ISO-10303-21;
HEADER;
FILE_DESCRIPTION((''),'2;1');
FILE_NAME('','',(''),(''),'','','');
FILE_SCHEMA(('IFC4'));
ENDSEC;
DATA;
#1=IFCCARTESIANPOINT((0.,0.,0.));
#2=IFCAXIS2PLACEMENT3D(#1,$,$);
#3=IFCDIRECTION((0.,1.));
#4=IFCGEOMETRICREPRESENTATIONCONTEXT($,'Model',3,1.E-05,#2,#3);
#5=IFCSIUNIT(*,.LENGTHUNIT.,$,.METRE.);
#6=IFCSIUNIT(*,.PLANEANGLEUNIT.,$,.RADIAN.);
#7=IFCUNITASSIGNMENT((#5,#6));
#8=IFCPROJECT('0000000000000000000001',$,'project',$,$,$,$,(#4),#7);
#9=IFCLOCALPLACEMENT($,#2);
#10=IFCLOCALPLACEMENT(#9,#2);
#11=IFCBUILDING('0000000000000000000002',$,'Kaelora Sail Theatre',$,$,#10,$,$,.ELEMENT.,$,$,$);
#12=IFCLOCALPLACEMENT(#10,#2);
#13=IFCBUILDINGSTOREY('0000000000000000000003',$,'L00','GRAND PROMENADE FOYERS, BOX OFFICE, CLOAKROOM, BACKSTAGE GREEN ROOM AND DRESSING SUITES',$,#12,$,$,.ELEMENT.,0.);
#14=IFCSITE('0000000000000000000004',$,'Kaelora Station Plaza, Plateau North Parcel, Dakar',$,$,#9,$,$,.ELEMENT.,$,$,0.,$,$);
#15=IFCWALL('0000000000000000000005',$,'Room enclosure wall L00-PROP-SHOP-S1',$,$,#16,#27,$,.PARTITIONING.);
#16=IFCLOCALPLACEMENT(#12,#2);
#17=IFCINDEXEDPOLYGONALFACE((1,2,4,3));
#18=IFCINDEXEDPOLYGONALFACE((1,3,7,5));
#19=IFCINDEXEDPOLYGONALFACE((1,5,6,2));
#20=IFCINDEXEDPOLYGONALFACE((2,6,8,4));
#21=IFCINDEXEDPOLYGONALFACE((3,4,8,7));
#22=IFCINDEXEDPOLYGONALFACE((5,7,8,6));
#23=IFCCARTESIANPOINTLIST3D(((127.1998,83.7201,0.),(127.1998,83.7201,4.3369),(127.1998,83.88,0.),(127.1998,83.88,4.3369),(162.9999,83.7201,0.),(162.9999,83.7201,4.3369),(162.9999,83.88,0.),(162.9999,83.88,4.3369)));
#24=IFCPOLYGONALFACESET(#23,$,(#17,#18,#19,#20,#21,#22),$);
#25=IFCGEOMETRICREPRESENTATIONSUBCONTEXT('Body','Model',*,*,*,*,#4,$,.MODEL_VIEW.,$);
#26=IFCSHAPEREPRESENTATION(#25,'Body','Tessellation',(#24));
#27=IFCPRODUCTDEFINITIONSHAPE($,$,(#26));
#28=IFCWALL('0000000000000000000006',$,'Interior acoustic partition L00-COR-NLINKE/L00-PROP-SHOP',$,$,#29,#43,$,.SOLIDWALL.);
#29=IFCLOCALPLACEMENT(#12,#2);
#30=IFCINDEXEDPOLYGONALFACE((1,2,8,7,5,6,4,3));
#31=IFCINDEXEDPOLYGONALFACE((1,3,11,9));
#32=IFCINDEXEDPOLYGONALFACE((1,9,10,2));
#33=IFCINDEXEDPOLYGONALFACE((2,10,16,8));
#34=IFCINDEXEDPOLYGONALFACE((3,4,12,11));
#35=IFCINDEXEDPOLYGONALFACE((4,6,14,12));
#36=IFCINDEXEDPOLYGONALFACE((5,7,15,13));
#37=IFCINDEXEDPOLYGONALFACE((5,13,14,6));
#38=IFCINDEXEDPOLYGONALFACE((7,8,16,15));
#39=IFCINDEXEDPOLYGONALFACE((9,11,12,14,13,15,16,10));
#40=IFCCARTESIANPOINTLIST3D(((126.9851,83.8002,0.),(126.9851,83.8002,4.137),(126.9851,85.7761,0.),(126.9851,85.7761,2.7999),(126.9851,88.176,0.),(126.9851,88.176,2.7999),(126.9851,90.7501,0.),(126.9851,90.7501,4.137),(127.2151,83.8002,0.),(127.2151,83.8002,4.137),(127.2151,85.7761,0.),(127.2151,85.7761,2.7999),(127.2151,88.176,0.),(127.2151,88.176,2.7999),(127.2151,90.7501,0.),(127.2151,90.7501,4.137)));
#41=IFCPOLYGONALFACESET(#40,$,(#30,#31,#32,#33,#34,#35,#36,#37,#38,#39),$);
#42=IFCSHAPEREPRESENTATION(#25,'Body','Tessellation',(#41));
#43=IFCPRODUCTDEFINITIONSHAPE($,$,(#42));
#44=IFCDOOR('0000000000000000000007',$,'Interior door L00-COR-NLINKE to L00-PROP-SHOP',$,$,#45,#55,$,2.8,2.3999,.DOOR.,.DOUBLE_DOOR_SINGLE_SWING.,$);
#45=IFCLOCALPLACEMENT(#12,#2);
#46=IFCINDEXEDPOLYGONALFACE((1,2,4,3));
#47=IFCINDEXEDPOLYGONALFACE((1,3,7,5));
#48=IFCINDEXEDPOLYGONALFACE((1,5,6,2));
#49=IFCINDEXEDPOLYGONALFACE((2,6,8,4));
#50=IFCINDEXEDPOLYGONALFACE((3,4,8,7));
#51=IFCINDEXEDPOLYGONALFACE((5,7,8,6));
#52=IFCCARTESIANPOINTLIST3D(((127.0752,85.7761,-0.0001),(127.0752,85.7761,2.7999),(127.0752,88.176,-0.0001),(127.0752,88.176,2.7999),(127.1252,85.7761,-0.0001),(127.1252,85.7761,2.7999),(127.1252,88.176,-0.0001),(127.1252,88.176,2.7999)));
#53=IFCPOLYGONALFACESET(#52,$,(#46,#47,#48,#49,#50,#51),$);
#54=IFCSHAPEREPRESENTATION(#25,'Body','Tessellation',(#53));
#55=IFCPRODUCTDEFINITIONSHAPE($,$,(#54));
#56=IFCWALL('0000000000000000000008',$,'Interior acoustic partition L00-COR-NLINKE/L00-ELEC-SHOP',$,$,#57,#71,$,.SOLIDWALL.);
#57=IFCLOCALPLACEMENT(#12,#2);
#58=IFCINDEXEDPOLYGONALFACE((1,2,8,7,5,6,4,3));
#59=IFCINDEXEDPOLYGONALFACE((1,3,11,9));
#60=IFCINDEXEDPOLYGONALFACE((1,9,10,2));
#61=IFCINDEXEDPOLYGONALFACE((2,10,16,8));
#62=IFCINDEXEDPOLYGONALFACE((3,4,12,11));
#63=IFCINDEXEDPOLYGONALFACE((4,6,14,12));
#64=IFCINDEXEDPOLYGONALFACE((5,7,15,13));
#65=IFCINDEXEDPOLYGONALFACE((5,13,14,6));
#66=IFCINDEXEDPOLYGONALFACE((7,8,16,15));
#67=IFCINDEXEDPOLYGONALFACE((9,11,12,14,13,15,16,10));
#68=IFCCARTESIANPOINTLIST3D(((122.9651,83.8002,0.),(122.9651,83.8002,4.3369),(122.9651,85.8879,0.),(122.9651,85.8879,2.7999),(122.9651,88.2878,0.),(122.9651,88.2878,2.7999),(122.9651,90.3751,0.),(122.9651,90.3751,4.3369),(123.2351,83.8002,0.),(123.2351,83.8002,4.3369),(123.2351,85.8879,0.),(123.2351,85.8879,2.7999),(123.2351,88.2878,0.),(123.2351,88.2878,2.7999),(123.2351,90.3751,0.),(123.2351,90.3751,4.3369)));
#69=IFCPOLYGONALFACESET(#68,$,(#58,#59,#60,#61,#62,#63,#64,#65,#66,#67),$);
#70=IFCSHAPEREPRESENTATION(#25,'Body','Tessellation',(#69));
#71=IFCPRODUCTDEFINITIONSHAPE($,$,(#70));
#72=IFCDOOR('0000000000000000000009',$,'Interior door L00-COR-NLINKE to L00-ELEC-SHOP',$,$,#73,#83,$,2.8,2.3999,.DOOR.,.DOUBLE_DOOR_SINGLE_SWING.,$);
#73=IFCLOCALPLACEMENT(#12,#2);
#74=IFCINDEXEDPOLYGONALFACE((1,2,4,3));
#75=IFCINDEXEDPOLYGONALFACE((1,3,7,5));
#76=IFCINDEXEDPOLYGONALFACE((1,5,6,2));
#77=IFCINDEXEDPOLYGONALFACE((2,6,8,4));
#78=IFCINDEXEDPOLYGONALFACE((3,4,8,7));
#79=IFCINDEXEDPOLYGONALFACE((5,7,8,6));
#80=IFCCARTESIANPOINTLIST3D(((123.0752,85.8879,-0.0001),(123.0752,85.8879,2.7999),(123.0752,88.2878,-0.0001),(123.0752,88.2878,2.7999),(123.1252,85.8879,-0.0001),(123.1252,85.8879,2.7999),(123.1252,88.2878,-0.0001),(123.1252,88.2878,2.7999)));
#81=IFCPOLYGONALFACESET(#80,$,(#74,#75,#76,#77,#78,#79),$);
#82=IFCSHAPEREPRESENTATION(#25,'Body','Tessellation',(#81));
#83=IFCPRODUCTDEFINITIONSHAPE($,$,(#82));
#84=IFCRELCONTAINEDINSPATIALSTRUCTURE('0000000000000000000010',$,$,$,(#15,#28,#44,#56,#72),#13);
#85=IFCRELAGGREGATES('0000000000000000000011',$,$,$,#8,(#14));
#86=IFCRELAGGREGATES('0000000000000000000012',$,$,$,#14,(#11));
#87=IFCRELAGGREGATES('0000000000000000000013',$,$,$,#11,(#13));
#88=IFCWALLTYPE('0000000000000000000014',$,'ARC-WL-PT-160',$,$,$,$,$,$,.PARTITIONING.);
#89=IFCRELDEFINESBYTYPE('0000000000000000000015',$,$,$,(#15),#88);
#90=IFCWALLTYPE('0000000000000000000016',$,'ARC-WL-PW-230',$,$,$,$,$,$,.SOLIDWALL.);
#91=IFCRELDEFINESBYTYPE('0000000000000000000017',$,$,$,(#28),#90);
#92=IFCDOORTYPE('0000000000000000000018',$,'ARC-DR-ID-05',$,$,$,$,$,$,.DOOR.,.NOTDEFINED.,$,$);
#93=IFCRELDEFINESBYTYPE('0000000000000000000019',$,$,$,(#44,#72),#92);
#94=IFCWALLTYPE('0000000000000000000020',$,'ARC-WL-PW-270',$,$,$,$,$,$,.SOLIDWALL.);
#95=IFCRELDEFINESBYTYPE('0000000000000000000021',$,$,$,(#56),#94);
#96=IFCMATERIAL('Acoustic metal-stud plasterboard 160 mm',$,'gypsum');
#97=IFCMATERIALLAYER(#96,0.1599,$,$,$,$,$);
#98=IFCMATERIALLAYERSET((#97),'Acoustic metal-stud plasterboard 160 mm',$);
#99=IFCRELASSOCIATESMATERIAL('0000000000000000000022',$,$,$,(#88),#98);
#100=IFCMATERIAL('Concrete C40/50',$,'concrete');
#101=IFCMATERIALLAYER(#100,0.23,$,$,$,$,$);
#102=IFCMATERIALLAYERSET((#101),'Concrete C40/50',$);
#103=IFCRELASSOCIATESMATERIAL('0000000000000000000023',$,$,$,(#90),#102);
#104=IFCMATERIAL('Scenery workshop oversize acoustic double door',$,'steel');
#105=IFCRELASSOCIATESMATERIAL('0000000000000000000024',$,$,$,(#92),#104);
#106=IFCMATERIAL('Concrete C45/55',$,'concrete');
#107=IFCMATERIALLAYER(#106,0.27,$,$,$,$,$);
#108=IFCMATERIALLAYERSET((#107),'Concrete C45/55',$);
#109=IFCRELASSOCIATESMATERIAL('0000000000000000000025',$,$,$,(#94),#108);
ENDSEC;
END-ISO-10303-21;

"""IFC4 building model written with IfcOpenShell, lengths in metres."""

from ifc_helpers import new_model, si_unit, direction, frame, frame_2d, origin, place, context, subcontext, project, spatial, rectangle, extrude, material, layer, layer_set, type_object, element, fill, save


model = new_model("IFC4")

# Units and contexts
model_context = context("Model", 3, precision=1e-05, world=origin(), true_north=direction((0.0, 1.0)))
body_context = subcontext(model_context, "Body", "Model", "MODEL_VIEW")
ifc_project = project(units=[si_unit("LENGTHUNIT", "METRE"), si_unit("PLANEANGLEUNIT", "RADIAN")], contexts=[model_context])

# Site, building, storey
site_placement = place(None, origin())
site = spatial("IfcSite", under=ifc_project, at=site_placement, Name="Kaelora Station Plaza, Plateau North Parcel, Dakar", CompositionType="ELEMENT", RefElevation=0.0)
building_placement = place(site_placement, origin())
building = spatial("IfcBuilding", under=site, at=building_placement, Name="Kaelora Sail Theatre", CompositionType="ELEMENT")
storey_placement = place(building_placement, origin())
storey = spatial("IfcBuildingStorey", under=building, at=storey_placement, Name="L00", Description="GRAND PROMENADE FOYERS, BOX OFFICE, CLOAKROOM, BACKSTAGE GREEN ROOM AND DRESSING SUITES", CompositionType="ELEMENT", Elevation=0.0)

# Wall
ifc_material_1 = material(Name="Acoustic metal-stud plasterboard 160 mm", Category="gypsum")
ifc_layer_1 = layer(ifc_material_1, 0.1599)
ifc_layer_set_1 = layer_set([ifc_layer_1], Name="Acoustic metal-stud plasterboard 160 mm")
wall_type_1 = type_object("IfcWallType", Name="ARC-WL-PT-160", PredefinedType="PARTITIONING", material=ifc_layer_set_1)
wall_1_placement = place(storey_placement, frame((127.2, 83.8, 0.0), z_axis=(0.0, 0.0, 1.0), x_axis=(1.0, 0.0, 0.0)))
element("IfcWall", 1, at=wall_1_placement, inside=storey, type_object=wall_type_1, Name="Room enclosure wall L00-PROP-SHOP-S1", PredefinedType="PARTITIONING", context=body_context, shape_type="SweptSolid", body=[
    extrude(rectangle(XDim=35.8, YDim=0.1599, at=frame_2d((17.8999, 0.0))), origin(), (0.0, 0.0, 1.0), 4.3369),
])

# Walls, openings, doors
ifc_material_2 = material(Name="Concrete C40/50", Category="concrete")
ifc_layer_2 = layer(ifc_material_2, 0.23)
ifc_layer_set_2 = layer_set([ifc_layer_2], Name="Concrete C40/50")
wall_type_2 = type_object("IfcWallType", Name="ARC-WL-PW-230", PredefinedType="SOLIDWALL", material=ifc_layer_set_2)
wall_2_placement = place(storey_placement, frame((127.1001, 83.8, 0.0), z_axis=(0.0, 0.0, 1.0), x_axis=(0.0, 1.0, 0.0)))
wall_2 = element("IfcWall", 2, at=wall_2_placement, inside=storey, type_object=wall_type_2, Name="Interior acoustic partition L00-COR-NLINKE/L00-PROP-SHOP", PredefinedType="SOLIDWALL", context=body_context, shape_type="SweptSolid", body=[
    extrude(rectangle(XDim=6.95, YDim=0.23, at=frame_2d((3.4751, 0.0))), origin(), (0.0, 0.0, 1.0), 4.137),
])
opening_1_placement = place(wall_2_placement, frame((1.9761, 0.0, 0.0)))
opening_1 = element("IfcOpeningElement", 3, at=opening_1_placement, cuts=wall_2, PredefinedType="OPENING", context=body_context, shape_type="SweptSolid", body=[
    extrude(rectangle(XDim=2.3999, YDim=2.8, at=frame_2d((1.2, 1.3999))), frame((0.0, 0.125, 0.0), z_axis=(0.0, -1.0, 0.0), x_axis=(1.0, 0.0, 0.0)), (0.0, 0.0, 1.0), 0.25),
])
ifc_material_3 = material(Name="Scenery workshop oversize acoustic double door", Category="steel")
door_type = type_object("IfcDoorType", Name="ARC-DR-ID-05", OperationType="NOTDEFINED", PredefinedType="DOOR", material=ifc_material_3)
door_1_placement = place(opening_1_placement, origin())
door_1 = element("IfcDoor", 4, at=door_1_placement, inside=storey, type_object=door_type, Name="Interior door L00-COR-NLINKE to L00-PROP-SHOP", OperationType="DOUBLE_DOOR_SINGLE_SWING", OverallHeight=2.8, OverallWidth=2.3999, PredefinedType="DOOR", context=body_context, shape_type="SweptSolid", body=[
    extrude(rectangle(XDim=2.3999, YDim=2.8, at=frame_2d((1.2, 1.3999))), frame((0.0, 0.0249, 0.0), z_axis=(0.0, -1.0, 0.0), x_axis=(1.0, 0.0, 0.0)), (0.0, 0.0, 1.0), 0.05),
])
fill(opening_1, door_1)
ifc_material_4 = material(Name="Concrete C45/55", Category="concrete")
ifc_layer_3 = layer(ifc_material_4, 0.27)
ifc_layer_set_3 = layer_set([ifc_layer_3], Name="Concrete C45/55")
wall_type_3 = type_object("IfcWallType", Name="ARC-WL-PW-270", PredefinedType="SOLIDWALL", material=ifc_layer_set_3)
wall_3_placement = place(storey_placement, frame((123.1001, 83.8, 0.0), z_axis=(0.0, 0.0, 1.0), x_axis=(0.0, 1.0, 0.0)))
wall_3 = element("IfcWall", 5, at=wall_3_placement, inside=storey, type_object=wall_type_3, Name="Interior acoustic partition L00-COR-NLINKE/L00-ELEC-SHOP", PredefinedType="SOLIDWALL", context=body_context, shape_type="SweptSolid", body=[
    extrude(rectangle(XDim=6.575, YDim=0.27, at=frame_2d((3.2876, 0.0))), origin(), (0.0, 0.0, 1.0), 4.3369),
])
opening_2_placement = place(wall_3_placement, frame((2.0879, 0.0, 0.0)))
opening_2 = element("IfcOpeningElement", 6, at=opening_2_placement, cuts=wall_3, PredefinedType="OPENING", context=body_context, shape_type="SweptSolid", body=[
    extrude(rectangle(XDim=2.3999, YDim=2.8, at=frame_2d((1.2, 1.3999))), frame((0.0, 0.145, 0.0), z_axis=(0.0, -1.0, 0.0), x_axis=(1.0, 0.0, 0.0)), (0.0, 0.0, 1.0), 0.29),
])
door_2_placement = place(opening_2_placement, origin())
door_2 = element("IfcDoor", 7, at=door_2_placement, inside=storey, type_object=door_type, Name="Interior door L00-COR-NLINKE to L00-ELEC-SHOP", OperationType="DOUBLE_DOOR_SINGLE_SWING", OverallHeight=2.8, OverallWidth=2.3999, PredefinedType="DOOR", context=body_context, shape_type="SweptSolid", body=[
    extrude(rectangle(XDim=2.3999, YDim=2.8, at=frame_2d((1.2, 1.3999))), frame((0.0, 0.0249, 0.0), z_axis=(0.0, -1.0, 0.0), x_axis=(1.0, 0.0, 0.0)), (0.0, 0.0, 1.0), 0.05),
])
fill(opening_2, door_2)

save(model, "model.ifc")
